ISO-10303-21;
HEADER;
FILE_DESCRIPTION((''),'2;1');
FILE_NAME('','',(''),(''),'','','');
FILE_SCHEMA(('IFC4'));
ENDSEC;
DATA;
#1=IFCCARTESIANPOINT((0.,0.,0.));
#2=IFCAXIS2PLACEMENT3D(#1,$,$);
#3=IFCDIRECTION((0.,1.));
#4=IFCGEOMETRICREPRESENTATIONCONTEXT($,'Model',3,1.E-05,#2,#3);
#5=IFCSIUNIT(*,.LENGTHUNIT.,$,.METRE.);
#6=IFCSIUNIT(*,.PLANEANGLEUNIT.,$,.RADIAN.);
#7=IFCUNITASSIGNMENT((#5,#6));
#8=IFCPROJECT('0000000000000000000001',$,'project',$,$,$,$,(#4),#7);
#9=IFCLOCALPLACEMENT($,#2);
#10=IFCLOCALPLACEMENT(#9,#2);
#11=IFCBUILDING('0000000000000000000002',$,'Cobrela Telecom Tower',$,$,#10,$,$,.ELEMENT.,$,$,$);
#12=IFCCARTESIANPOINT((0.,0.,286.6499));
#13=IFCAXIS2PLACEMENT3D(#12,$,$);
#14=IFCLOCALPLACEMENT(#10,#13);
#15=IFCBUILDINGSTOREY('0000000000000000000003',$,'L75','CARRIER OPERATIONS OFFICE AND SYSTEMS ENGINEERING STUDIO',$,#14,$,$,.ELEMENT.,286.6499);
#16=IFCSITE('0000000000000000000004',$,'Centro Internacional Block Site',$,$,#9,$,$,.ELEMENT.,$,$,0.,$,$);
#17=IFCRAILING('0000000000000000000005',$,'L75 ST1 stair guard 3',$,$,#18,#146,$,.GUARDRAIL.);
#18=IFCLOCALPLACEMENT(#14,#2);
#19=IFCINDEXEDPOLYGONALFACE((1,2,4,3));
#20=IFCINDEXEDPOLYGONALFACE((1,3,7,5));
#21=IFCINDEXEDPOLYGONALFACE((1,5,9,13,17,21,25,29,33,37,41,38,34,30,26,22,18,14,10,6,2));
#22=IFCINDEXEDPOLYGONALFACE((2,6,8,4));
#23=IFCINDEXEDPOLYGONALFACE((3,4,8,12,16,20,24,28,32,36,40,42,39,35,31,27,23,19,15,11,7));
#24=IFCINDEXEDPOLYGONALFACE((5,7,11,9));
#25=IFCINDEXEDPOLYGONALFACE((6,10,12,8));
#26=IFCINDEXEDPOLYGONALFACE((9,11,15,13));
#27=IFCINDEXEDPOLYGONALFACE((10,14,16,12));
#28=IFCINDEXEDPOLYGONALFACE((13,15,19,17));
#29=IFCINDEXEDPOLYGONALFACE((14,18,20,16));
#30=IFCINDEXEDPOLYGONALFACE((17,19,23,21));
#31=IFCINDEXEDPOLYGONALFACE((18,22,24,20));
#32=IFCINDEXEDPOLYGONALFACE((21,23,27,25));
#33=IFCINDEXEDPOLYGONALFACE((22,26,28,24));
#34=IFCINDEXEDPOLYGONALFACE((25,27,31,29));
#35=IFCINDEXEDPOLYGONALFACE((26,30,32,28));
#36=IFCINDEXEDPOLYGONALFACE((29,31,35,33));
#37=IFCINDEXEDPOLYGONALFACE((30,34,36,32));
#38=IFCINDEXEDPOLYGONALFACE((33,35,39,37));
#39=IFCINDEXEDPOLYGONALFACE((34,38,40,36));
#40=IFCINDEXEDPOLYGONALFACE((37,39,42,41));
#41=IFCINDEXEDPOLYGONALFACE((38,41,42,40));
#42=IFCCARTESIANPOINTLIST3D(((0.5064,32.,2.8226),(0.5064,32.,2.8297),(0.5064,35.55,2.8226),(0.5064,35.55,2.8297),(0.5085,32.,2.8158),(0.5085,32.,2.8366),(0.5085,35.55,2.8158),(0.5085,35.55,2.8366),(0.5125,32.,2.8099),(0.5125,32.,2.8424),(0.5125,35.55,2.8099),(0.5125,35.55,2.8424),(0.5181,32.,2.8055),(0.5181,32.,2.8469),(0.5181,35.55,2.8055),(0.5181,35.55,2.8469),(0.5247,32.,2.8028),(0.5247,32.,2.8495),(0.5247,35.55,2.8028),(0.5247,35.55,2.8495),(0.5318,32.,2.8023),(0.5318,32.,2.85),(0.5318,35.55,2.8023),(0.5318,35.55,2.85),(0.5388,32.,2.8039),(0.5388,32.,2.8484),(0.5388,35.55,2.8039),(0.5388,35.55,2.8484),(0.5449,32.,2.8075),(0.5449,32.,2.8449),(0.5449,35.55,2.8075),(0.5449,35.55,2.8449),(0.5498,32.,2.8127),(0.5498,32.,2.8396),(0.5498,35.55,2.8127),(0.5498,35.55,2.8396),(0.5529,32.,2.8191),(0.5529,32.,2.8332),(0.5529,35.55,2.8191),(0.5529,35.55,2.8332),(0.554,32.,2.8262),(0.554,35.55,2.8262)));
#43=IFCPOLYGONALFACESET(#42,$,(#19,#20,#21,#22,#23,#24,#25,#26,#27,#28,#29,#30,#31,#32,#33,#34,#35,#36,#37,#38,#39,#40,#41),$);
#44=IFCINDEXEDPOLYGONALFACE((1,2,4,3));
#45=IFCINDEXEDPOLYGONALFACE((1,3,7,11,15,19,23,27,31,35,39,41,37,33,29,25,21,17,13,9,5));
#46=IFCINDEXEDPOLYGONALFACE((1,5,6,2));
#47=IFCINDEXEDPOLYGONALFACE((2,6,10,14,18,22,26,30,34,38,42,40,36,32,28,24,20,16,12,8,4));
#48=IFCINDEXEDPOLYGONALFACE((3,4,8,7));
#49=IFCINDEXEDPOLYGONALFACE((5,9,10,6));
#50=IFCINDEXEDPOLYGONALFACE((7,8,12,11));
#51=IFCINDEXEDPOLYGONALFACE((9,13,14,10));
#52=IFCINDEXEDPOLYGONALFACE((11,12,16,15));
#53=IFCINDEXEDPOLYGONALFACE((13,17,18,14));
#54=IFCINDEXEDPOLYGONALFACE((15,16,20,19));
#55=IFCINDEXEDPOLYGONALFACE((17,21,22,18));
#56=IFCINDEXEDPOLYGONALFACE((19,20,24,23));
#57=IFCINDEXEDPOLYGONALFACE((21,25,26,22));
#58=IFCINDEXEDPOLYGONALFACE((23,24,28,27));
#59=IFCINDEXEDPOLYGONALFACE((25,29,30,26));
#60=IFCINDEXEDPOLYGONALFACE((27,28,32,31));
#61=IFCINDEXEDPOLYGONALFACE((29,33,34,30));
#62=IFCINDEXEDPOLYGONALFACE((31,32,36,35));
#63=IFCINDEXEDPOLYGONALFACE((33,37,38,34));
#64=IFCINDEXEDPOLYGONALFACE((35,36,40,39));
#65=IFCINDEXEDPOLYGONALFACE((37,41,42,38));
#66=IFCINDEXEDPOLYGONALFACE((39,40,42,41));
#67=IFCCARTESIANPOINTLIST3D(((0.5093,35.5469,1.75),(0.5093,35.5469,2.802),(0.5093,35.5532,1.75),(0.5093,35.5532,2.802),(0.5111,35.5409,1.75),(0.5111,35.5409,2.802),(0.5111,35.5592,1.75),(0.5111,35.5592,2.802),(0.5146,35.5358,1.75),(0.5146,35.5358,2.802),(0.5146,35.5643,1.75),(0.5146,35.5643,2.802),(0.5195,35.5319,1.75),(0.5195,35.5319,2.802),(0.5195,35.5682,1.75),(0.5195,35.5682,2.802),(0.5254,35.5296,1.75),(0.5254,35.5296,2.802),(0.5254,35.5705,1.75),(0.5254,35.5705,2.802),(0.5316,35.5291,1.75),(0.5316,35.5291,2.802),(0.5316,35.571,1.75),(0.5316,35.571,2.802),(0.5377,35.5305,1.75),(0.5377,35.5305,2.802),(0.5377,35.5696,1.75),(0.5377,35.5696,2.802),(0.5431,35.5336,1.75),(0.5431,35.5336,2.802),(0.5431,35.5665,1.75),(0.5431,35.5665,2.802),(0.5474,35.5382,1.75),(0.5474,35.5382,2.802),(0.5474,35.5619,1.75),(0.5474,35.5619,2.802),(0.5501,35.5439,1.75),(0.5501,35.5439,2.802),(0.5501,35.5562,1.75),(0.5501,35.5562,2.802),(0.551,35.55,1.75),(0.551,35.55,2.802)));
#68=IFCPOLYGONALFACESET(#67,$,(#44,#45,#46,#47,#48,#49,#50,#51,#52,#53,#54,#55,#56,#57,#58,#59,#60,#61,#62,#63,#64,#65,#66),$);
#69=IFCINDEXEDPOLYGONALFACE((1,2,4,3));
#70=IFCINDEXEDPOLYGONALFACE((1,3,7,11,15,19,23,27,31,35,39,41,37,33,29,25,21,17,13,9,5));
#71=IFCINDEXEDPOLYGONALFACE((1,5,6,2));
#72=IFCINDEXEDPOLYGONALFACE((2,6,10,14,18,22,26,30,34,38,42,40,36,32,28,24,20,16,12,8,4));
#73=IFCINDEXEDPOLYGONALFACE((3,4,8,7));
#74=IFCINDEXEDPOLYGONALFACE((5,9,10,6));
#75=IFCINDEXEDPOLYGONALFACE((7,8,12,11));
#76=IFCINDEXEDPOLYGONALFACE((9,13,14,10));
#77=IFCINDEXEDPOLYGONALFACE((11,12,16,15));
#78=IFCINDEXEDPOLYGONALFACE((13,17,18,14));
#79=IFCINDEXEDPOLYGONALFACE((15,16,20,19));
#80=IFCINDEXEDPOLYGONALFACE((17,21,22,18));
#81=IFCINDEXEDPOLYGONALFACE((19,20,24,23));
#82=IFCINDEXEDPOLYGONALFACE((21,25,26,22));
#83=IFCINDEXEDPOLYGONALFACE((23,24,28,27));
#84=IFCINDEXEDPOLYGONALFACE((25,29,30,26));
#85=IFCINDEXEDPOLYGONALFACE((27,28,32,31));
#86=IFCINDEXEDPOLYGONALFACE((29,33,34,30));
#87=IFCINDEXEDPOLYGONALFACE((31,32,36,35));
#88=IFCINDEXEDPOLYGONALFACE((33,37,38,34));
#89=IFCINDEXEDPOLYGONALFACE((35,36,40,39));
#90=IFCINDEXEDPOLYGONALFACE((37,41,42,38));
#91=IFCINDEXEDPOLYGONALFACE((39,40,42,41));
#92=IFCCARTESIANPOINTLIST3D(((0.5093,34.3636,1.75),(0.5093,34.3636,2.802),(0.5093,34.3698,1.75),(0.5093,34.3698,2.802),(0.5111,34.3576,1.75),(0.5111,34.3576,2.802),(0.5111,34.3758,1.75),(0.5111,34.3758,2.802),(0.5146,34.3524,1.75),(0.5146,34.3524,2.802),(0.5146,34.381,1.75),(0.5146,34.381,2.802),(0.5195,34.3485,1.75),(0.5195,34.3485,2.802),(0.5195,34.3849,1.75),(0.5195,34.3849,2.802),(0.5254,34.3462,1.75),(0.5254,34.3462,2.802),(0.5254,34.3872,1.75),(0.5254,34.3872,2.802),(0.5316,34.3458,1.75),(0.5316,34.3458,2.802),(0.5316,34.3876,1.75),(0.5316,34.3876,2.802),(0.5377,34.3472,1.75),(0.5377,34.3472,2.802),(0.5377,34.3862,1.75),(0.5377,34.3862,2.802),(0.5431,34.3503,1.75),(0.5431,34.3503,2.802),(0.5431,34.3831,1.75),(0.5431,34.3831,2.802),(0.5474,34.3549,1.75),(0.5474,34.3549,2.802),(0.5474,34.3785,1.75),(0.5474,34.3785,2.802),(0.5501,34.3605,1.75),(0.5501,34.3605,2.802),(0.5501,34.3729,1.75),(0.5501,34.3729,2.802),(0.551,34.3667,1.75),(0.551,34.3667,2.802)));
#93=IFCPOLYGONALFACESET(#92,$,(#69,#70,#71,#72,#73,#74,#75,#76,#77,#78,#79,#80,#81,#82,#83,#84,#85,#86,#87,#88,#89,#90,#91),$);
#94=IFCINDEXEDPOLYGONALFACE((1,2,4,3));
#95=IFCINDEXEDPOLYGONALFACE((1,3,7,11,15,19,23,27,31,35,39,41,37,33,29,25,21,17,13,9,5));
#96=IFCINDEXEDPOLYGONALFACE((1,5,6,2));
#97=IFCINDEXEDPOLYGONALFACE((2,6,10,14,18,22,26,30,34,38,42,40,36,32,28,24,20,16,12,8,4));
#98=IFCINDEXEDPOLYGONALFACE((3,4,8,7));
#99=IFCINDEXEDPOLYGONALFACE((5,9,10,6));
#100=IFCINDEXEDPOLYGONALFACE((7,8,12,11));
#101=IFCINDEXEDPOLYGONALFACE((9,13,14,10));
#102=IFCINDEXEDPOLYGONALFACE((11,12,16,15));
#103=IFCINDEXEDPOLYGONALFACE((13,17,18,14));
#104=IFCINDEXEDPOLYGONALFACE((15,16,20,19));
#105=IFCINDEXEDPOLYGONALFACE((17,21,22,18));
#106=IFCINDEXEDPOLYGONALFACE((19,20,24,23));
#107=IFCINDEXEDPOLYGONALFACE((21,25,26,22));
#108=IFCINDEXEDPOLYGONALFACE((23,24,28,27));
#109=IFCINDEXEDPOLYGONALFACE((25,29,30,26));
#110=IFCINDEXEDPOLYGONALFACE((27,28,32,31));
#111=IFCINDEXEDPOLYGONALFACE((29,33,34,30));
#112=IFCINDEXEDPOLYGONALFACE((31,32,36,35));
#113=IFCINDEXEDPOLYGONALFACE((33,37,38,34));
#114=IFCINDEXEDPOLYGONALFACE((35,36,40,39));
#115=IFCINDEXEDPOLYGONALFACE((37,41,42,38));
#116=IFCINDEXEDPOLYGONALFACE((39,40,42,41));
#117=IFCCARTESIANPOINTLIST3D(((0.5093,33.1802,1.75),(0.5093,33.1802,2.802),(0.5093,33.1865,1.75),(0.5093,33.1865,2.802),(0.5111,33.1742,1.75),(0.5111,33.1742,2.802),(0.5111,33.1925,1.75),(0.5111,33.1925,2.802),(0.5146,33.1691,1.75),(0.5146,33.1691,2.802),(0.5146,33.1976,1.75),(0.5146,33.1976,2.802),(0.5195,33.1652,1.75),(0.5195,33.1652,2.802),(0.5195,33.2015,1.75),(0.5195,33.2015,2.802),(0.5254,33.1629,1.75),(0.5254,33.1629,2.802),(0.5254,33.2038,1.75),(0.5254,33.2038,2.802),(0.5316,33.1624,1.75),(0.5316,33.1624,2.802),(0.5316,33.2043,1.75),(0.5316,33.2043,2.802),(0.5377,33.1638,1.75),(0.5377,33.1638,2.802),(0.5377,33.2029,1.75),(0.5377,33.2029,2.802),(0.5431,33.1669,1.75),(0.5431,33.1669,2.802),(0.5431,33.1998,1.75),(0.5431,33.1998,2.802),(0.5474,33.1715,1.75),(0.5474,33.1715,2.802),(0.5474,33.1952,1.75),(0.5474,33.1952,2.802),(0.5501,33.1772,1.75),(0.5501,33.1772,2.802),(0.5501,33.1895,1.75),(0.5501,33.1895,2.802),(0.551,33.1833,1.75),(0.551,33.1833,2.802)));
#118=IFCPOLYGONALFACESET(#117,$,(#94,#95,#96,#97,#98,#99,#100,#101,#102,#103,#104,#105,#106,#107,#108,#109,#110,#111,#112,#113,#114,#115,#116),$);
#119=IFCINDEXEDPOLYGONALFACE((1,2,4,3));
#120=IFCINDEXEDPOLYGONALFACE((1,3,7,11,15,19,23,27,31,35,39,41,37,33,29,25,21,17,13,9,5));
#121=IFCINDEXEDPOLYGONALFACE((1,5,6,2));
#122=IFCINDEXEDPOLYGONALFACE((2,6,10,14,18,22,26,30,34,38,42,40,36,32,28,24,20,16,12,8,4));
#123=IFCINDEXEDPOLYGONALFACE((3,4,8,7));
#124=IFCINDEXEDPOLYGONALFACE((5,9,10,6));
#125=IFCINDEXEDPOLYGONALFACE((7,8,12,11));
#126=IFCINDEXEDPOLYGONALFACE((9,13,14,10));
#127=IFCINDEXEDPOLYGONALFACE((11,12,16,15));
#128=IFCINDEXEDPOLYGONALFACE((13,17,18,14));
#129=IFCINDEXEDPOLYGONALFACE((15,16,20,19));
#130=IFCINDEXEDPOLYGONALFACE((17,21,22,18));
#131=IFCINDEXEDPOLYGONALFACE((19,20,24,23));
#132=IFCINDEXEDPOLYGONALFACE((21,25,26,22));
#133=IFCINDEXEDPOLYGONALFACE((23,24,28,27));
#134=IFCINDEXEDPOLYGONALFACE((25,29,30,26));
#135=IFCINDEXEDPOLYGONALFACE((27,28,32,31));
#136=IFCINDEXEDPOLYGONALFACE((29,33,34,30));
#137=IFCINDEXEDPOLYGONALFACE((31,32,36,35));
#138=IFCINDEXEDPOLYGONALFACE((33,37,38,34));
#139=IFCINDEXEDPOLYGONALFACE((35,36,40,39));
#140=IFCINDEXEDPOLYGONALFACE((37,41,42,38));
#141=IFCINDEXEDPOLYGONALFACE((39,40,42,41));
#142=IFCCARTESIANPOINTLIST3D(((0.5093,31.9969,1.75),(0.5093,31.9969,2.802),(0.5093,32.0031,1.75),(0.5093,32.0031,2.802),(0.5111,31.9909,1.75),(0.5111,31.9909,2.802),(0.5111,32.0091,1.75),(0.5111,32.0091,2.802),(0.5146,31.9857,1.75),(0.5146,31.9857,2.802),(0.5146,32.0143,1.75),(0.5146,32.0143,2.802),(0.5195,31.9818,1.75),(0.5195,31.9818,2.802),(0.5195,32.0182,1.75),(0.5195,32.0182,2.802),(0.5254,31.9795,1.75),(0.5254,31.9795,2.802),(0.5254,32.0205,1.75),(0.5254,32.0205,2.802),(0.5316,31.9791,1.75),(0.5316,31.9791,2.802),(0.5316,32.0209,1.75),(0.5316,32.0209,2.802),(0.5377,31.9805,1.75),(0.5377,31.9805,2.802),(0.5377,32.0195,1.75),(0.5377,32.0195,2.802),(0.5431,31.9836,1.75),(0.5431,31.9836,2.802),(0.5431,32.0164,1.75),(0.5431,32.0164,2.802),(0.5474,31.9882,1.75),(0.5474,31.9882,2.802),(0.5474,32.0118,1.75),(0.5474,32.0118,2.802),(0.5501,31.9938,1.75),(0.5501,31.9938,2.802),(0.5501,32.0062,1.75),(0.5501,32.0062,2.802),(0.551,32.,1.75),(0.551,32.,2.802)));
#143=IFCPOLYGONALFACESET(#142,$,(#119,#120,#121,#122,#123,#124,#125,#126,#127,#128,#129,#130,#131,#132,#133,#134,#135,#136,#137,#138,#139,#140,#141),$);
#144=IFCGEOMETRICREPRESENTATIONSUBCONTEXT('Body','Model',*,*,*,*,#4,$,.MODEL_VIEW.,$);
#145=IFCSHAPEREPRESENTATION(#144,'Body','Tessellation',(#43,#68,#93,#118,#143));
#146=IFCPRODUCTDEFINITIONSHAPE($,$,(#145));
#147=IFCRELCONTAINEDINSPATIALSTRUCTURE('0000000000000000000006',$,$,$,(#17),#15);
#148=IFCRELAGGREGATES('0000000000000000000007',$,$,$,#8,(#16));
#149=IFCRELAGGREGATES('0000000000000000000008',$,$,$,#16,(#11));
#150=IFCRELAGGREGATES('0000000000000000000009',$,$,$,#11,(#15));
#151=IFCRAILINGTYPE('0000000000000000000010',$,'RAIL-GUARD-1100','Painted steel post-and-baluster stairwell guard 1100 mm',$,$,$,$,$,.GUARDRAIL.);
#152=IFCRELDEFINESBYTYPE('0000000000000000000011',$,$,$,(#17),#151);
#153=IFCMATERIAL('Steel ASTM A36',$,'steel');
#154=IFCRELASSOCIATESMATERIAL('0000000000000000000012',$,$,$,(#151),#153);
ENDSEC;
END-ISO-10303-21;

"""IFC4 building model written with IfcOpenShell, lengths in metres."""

from ifc_helpers import new_model, si_unit, direction, frame, origin, origin_2d, place, context, subcontext, project, spatial, circle, extrude, material, type_object, element, save


model = new_model("IFC4")

# Units and contexts
model_context = context("Model", 3, precision=1e-05, world=origin(), true_north=direction((0.0, 1.0)))
body_context = subcontext(model_context, "Body", "Model", "MODEL_VIEW")
ifc_project = project(units=[si_unit("LENGTHUNIT", "METRE"), si_unit("PLANEANGLEUNIT", "RADIAN")], contexts=[model_context])

# Site, building, storey
site_placement = place(None, origin())
site = spatial("IfcSite", under=ifc_project, at=site_placement, Name="Centro Internacional Block Site", CompositionType="ELEMENT", RefElevation=0.0)
building_placement = place(site_placement, origin())
building = spatial("IfcBuilding", under=site, at=building_placement, Name="Cobrela Telecom Tower", CompositionType="ELEMENT")
storey_placement = place(building_placement, frame((0.0, 0.0, 286.6499)))
storey = spatial("IfcBuildingStorey", under=building, at=storey_placement, Name="L75", Description="CARRIER OPERATIONS OFFICE AND SYSTEMS ENGINEERING STUDIO", CompositionType="ELEMENT", Elevation=286.6499)

# Shared definitions
ifc_material_1 = material(Name="Steel ASTM A36", Category="steel")

# Railing
railing_type_1 = type_object("IfcRailingType", Name="RAIL-GUARD-1100", Description="Painted steel post-and-baluster stairwell guard 1100 mm", PredefinedType="GUARDRAIL", material=ifc_material_1)
railing_1_placement = place(storey_placement, frame((0.53, 35.55, 1.75)))
element("IfcRailing", 1, at=railing_1_placement, inside=storey, type_object=railing_type_1, Name="L75 ST1 stair guard 3", PredefinedType="GUARDRAIL", context=body_context, shape_type="SweptSolid", body=[
    extrude(circle(Radius=0.0239, at=origin_2d()), frame((0.0, 0.0, 1.0762), z_axis=(0.0, -1.0, 0.0), x_axis=(1.0, 0.0, 0.0)), (0.0, 0.0, 1.0), 3.55),
    extrude(circle(Radius=0.021, at=origin_2d()), origin(), (0.0, 0.0, 1.0), 1.052),
    extrude(circle(Radius=0.021, at=origin_2d()), frame((0.0, -1.1833, 0.0)), (0.0, 0.0, 1.0), 1.052),
    extrude(circle(Radius=0.021, at=origin_2d()), frame((0.0, -2.3667, 0.0)), (0.0, 0.0, 1.0), 1.052),
    extrude(circle(Radius=0.021, at=origin_2d()), frame((0.0, -3.55, 0.0)), (0.0, 0.0, 1.0), 1.052),
])

save(model, "model.ifc")
